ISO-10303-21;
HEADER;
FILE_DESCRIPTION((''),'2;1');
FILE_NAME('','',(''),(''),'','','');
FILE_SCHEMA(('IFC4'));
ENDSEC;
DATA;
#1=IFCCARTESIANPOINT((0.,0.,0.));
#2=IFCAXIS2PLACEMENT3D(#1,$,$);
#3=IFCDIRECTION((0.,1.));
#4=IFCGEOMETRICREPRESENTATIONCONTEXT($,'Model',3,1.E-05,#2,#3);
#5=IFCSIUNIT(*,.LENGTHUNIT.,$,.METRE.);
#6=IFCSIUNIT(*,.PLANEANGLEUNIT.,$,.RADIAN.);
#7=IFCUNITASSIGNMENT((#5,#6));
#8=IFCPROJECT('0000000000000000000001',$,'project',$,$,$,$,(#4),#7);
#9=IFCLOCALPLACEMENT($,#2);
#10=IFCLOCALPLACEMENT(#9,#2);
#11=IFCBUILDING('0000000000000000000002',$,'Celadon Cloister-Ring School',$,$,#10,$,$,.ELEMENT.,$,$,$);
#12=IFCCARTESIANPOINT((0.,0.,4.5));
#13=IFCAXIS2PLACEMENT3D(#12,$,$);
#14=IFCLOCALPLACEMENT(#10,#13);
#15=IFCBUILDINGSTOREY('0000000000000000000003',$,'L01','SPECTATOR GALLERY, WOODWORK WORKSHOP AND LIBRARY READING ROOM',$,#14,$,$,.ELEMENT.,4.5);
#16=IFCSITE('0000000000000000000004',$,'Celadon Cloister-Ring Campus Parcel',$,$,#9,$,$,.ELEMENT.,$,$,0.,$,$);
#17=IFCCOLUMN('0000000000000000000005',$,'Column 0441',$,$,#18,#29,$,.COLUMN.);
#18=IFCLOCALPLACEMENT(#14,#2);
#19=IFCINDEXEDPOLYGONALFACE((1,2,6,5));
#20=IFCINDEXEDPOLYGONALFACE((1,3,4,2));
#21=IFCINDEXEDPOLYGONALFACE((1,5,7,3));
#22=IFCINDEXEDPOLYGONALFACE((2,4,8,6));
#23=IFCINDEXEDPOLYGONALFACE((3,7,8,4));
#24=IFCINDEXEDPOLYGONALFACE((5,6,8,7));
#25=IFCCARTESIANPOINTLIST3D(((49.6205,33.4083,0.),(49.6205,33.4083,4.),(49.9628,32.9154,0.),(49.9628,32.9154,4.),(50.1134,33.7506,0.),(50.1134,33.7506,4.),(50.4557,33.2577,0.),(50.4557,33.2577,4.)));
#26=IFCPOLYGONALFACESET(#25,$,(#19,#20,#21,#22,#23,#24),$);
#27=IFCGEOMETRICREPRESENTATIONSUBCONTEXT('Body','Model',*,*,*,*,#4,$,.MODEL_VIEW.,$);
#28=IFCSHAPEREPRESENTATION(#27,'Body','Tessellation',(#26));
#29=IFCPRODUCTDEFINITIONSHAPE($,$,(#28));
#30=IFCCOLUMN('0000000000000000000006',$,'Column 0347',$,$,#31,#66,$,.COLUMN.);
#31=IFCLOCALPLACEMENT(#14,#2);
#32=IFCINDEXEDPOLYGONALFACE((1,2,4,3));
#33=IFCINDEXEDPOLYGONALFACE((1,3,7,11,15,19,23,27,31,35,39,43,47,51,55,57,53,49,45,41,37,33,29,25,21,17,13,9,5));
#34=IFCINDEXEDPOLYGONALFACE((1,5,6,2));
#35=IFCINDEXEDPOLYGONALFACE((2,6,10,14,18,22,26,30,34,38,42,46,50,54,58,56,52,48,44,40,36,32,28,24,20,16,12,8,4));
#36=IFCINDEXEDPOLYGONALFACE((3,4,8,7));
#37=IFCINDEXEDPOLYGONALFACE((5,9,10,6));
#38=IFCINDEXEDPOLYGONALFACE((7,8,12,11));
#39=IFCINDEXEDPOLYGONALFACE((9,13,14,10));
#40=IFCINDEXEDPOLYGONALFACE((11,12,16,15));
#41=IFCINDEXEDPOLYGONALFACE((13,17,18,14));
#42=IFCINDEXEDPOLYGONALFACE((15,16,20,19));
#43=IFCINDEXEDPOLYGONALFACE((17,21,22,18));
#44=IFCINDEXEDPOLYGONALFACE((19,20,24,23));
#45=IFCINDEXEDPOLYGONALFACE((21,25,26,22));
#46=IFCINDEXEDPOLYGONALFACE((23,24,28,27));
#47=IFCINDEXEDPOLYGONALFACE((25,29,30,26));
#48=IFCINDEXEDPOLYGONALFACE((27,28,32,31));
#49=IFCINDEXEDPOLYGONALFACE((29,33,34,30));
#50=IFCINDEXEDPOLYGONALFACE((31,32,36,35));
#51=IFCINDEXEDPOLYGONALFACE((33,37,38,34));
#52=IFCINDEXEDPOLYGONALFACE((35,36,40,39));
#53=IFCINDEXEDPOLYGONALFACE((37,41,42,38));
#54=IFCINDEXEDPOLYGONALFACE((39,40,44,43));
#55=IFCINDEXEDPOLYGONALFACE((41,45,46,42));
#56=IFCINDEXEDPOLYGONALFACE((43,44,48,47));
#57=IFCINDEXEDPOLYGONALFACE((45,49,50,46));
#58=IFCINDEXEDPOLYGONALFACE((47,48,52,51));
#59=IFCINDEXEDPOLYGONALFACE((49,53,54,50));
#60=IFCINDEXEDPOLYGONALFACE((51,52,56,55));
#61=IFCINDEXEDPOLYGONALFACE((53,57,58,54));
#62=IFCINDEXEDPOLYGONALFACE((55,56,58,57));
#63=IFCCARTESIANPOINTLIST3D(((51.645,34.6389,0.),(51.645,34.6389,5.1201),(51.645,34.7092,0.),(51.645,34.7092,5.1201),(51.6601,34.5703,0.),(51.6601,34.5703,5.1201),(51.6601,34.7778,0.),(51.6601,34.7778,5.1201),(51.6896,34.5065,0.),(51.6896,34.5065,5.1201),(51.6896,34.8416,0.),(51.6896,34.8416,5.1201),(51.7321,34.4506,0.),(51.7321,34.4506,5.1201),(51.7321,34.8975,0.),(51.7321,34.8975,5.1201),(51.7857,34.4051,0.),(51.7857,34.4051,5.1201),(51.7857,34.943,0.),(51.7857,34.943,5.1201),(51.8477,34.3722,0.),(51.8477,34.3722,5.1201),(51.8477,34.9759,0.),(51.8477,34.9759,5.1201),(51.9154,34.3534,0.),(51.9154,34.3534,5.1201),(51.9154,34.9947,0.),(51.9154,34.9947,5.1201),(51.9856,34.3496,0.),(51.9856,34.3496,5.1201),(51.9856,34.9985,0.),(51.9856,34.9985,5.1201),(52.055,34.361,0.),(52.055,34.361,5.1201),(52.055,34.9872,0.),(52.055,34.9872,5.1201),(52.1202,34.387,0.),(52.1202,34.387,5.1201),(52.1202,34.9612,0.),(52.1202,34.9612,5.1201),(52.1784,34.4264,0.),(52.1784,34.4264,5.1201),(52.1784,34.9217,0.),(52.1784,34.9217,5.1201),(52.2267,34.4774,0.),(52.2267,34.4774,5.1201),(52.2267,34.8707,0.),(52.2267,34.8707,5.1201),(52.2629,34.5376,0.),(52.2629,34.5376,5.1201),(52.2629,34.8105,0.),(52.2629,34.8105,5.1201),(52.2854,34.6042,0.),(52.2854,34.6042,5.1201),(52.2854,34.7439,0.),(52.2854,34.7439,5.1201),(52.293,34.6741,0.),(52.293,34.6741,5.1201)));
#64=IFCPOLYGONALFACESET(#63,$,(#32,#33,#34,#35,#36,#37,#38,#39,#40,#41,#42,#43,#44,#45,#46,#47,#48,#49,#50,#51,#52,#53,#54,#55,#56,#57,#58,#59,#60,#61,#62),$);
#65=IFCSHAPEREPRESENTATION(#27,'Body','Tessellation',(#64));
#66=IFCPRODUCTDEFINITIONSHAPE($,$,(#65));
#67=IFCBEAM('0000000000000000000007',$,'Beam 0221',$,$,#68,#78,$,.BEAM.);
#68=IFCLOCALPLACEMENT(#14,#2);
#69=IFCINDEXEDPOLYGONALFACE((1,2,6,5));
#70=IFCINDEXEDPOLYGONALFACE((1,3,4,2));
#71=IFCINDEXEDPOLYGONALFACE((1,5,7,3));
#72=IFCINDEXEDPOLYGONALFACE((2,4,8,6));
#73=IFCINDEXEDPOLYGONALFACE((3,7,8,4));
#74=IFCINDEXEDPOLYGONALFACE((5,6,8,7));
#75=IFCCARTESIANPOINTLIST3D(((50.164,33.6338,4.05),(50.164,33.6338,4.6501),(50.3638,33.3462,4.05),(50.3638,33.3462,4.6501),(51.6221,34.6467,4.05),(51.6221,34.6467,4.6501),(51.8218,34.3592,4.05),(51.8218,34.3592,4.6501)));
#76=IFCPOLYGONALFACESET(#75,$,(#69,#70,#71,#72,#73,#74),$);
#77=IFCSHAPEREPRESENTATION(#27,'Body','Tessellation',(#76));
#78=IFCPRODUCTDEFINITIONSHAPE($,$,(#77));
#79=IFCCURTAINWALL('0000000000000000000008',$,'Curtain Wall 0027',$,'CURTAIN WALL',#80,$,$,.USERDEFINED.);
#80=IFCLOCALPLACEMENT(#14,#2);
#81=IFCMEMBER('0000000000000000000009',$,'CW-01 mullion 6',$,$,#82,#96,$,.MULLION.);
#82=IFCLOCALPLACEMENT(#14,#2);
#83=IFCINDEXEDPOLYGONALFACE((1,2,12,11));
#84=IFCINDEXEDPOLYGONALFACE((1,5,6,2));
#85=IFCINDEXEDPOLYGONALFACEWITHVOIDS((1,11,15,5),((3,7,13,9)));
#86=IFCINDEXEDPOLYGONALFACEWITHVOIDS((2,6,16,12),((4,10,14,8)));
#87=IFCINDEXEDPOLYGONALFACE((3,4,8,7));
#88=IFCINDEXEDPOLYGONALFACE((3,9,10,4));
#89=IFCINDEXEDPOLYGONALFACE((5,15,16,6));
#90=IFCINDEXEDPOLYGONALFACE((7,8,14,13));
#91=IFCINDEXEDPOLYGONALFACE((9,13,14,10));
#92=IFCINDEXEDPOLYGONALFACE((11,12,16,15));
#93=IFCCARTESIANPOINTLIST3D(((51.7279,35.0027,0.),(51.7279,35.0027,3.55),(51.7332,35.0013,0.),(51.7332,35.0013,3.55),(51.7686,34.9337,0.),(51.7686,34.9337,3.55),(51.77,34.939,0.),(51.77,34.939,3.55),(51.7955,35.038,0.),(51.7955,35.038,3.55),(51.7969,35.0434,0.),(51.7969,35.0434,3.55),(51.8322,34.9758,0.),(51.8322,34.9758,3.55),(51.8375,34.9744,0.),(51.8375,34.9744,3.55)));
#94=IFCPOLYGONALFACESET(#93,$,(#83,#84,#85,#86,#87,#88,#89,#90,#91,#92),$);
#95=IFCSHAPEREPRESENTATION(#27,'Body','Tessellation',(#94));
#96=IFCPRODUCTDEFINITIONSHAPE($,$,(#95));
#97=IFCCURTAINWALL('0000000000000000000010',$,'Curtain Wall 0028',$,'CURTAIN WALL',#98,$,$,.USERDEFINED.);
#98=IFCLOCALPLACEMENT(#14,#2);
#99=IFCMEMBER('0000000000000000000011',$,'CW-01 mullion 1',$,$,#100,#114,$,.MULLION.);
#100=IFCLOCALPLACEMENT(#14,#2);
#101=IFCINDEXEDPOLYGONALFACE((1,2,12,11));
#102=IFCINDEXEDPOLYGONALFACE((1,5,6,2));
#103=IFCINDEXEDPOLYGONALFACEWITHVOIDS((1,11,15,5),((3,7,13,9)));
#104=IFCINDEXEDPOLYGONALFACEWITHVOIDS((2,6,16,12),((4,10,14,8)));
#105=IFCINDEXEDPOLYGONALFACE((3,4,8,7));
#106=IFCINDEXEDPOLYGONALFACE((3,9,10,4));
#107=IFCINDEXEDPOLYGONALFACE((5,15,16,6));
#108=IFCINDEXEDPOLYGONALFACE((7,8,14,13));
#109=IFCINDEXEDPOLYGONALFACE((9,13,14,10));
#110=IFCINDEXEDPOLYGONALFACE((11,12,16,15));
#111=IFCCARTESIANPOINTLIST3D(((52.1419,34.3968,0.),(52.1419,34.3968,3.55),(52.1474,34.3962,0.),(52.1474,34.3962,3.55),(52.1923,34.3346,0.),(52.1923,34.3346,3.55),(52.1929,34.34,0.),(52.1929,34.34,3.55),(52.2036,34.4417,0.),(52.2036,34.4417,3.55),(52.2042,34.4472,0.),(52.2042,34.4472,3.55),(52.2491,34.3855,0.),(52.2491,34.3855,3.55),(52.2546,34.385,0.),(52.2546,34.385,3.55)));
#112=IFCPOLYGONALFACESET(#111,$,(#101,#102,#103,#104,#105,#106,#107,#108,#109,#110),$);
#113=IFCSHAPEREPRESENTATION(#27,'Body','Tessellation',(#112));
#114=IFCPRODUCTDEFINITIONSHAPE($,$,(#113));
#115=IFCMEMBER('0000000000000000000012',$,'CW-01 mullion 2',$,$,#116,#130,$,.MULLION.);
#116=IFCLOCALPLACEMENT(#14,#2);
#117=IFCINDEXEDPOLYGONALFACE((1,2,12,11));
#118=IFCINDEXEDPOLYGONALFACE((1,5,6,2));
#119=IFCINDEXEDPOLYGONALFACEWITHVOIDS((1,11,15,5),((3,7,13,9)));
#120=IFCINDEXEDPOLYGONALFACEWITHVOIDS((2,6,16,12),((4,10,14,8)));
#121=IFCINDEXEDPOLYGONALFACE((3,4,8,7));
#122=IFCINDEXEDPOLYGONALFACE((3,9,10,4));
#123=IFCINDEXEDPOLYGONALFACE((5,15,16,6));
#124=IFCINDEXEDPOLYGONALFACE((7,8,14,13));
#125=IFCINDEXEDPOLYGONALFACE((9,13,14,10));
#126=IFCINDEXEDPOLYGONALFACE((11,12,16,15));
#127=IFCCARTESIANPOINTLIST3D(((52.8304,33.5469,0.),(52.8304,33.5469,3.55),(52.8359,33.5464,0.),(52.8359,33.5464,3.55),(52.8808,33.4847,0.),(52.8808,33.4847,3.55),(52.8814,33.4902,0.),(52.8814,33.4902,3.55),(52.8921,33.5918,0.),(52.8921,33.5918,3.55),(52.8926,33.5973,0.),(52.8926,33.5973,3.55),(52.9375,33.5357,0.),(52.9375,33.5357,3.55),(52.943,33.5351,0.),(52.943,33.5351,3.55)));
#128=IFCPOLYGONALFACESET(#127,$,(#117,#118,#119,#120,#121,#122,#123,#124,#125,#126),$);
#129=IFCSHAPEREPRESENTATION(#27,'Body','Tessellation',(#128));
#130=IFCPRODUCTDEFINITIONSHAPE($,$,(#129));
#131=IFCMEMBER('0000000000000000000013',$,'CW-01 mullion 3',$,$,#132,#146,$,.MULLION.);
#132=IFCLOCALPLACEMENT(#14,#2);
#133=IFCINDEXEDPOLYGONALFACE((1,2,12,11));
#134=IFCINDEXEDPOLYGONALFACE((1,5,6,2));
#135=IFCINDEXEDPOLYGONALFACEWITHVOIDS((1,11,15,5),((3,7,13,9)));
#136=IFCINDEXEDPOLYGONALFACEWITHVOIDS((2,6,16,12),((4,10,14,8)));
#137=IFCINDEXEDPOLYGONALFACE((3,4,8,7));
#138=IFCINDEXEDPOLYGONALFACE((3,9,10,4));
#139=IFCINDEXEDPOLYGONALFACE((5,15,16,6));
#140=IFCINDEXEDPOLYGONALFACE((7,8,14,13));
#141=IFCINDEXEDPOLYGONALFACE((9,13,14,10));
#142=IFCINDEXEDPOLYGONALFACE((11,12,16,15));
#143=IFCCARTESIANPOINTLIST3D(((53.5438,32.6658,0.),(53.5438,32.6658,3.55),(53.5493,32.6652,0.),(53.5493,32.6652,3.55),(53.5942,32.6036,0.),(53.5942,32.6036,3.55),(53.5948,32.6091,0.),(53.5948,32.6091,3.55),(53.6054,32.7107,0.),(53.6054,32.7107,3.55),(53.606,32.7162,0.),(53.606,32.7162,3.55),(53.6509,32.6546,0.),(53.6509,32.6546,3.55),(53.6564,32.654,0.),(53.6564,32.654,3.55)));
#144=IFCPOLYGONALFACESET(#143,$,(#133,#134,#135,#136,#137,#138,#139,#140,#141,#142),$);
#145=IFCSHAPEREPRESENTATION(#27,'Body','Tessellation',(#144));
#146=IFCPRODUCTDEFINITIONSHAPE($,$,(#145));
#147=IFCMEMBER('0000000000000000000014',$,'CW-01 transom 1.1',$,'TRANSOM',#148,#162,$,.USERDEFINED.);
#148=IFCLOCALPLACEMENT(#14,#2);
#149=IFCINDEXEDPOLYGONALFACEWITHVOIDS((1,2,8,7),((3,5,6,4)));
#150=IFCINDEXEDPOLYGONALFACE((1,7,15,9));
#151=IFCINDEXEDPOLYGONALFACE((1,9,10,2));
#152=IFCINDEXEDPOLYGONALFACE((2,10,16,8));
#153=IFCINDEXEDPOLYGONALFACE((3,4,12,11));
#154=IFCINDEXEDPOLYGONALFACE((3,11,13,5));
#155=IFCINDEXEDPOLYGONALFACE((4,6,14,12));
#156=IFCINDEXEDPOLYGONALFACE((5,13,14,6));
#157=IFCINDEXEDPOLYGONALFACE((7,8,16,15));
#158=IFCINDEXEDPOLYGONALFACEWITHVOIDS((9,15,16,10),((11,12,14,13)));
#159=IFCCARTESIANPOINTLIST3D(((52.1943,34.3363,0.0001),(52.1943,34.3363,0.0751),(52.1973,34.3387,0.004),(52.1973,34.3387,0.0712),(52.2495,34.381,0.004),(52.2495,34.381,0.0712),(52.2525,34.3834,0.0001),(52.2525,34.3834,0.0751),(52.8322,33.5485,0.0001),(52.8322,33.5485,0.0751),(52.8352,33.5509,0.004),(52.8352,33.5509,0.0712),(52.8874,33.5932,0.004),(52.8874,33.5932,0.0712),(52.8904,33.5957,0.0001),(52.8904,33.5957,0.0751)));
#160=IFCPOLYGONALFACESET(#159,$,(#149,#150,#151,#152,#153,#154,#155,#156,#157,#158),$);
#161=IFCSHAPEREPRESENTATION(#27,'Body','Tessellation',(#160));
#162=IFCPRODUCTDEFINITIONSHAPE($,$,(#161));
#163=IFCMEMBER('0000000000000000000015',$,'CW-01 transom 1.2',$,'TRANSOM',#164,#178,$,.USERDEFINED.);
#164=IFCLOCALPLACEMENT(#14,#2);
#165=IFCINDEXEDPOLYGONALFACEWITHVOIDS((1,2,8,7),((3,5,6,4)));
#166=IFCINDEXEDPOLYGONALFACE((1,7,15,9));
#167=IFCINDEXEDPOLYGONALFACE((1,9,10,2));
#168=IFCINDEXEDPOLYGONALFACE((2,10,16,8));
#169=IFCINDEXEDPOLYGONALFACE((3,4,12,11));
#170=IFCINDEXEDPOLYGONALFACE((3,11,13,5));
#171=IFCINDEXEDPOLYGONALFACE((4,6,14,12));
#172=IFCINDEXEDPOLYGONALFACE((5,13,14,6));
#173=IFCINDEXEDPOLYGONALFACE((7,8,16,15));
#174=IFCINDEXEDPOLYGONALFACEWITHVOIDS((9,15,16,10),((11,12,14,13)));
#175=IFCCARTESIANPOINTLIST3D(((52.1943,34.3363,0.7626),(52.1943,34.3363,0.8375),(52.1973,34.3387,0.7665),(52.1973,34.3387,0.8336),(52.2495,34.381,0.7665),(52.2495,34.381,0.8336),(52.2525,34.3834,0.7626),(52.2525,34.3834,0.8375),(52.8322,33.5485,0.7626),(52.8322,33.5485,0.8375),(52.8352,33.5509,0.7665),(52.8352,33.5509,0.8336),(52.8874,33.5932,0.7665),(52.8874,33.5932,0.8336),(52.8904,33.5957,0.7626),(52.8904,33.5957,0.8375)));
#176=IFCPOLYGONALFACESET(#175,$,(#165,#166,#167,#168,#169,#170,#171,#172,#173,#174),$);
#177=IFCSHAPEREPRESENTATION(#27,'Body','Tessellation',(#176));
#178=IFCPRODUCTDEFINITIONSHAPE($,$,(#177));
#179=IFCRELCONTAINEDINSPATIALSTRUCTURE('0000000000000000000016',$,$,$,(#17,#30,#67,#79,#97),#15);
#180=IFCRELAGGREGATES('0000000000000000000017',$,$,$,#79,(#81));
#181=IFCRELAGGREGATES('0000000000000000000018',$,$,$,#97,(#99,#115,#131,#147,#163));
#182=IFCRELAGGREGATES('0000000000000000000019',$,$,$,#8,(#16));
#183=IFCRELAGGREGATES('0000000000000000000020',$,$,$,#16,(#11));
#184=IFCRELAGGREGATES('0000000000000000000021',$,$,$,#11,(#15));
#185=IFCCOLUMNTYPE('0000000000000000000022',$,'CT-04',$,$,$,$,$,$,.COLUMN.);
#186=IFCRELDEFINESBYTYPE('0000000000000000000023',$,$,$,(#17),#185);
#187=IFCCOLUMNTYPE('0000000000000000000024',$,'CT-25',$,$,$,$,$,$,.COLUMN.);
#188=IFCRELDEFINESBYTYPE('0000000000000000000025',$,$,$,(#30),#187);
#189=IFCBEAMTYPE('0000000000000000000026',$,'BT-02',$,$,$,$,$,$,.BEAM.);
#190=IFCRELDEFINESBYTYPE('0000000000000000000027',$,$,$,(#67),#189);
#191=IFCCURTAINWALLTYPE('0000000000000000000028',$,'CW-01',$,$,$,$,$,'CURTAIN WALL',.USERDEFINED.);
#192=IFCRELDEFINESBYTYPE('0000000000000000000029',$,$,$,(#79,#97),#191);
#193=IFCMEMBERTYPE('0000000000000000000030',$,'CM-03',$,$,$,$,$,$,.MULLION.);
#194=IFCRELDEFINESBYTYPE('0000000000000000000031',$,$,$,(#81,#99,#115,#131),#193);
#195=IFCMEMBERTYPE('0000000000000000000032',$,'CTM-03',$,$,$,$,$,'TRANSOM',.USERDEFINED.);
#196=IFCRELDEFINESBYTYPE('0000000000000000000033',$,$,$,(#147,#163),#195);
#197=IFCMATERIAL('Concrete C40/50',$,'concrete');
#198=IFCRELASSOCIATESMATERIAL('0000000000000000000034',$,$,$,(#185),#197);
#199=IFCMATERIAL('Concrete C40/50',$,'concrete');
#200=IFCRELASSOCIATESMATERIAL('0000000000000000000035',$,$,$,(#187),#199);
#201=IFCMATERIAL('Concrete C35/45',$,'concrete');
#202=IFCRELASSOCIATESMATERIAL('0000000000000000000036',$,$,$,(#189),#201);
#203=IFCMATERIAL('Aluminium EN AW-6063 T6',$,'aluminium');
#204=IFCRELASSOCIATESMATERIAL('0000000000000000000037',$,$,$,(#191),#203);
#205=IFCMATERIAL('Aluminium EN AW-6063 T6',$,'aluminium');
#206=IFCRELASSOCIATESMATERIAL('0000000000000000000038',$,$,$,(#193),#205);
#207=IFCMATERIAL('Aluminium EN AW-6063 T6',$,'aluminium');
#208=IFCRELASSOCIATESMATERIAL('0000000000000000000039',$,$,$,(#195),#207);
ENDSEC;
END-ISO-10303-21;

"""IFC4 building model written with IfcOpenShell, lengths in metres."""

from ifc_helpers import new_model, si_unit, direction, frame, origin, origin_2d, place, context, subcontext, project, spatial, rectangle, hollow_rectangle, circle, extrude, material, material_profile, profile_set, type_object, element, aggregate, save


model = new_model("IFC4")

# Units and contexts
model_context = context("Model", 3, precision=1e-05, world=origin(), true_north=direction((0.0, 1.0)))
body_context = subcontext(model_context, "Body", "Model", "MODEL_VIEW")
ifc_project = project(units=[si_unit("LENGTHUNIT", "METRE"), si_unit("PLANEANGLEUNIT", "RADIAN")], contexts=[model_context])

# Site, building, storey
site_placement = place(None, origin())
site = spatial("IfcSite", under=ifc_project, at=site_placement, Name="Celadon Cloister-Ring Campus Parcel", CompositionType="ELEMENT", RefElevation=0.0)
building_placement = place(site_placement, origin())
building = spatial("IfcBuilding", under=site, at=building_placement, Name="Celadon Cloister-Ring School", CompositionType="ELEMENT")
storey_placement = place(building_placement, frame((0.0, 0.0, 4.5)))
storey = spatial("IfcBuildingStorey", under=building, at=storey_placement, Name="L01", Description="SPECTATOR GALLERY, WOODWORK WORKSHOP AND LIBRARY READING ROOM", CompositionType="ELEMENT", Elevation=4.5)

# Columns
ifc_material_1 = material(Name="Concrete C40/50", Category="concrete")
ifc_material_profile_1 = material_profile(ifc_material_1, rectangle(XDim=0.6001, YDim=0.6001, at=origin_2d()), Name="RC600X600")
ifc_profile_set_1 = profile_set([ifc_material_profile_1], Name="Concrete C40/50")
column_type_1 = type_object("IfcColumnType", Name="CT-04", PredefinedType="COLUMN", material=ifc_profile_set_1)
column_1_placement = place(storey_placement, frame((50.0381, 33.333, 0.0), z_axis=(0.0, 0.0, 1.0), x_axis=(-0.821388, -0.57037, 0.0)))
element("IfcColumn", 1, at=column_1_placement, inside=storey, type_object=column_type_1, Name="Column 0441", PredefinedType="COLUMN", context=body_context, shape_type="SweptSolid", body=[
    extrude(rectangle(XDim=0.6001, YDim=0.6001, at=origin_2d()), origin(), (0.0, 0.0, 1.0), 4.0),
])
ifc_material_2 = material(Name="Concrete C40/50", Category="concrete")
ifc_material_profile_2 = material_profile(ifc_material_2, circle(Radius=0.325, at=origin_2d()), Name="CIRC650")
ifc_profile_set_2 = profile_set([ifc_material_profile_2], Name="Concrete C40/50")
column_type_2 = type_object("IfcColumnType", Name="CT-25", PredefinedType="COLUMN", material=ifc_profile_set_2)
column_2_placement = place(storey_placement, frame((51.968, 34.6741, 0.0), z_axis=(0.0, 0.0, 1.0), x_axis=(1.0, 0.0, 0.0)))
element("IfcColumn", 2, at=column_2_placement, inside=storey, type_object=column_type_2, Name="Column 0347", PredefinedType="COLUMN", context=body_context, shape_type="SweptSolid", body=[
    extrude(circle(Radius=0.325, at=origin_2d()), origin(), (0.0, 0.0, 1.0), 5.1201),
])

# Beam
ifc_material_3 = material(Name="Concrete C35/45", Category="concrete")
ifc_material_profile_3 = material_profile(ifc_material_3, rectangle(XDim=0.3501, YDim=0.6001, at=origin_2d()), Name="RC350X600")
ifc_profile_set_3 = profile_set([ifc_material_profile_3], Name="Concrete C35/45")
beam_type_1 = type_object("IfcBeamType", Name="BT-02", PredefinedType="BEAM", material=ifc_profile_set_3)
beam_1_placement = place(storey_placement, frame((50.2639, 33.49, 4.3501), z_axis=(0.821255, 0.570561, 0.0), x_axis=(-0.570561, 0.821255, 0.0)))
element("IfcBeam", 3, at=beam_1_placement, inside=storey, type_object=beam_type_1, Name="Beam 0221", PredefinedType="BEAM", context=body_context, shape_type="SweptSolid", body=[
    extrude(rectangle(XDim=0.3501, YDim=0.6001, at=origin_2d()), origin(), (0.0, 0.0, 1.0), 1.7754),
])

# Curtain wall, member
ifc_material_4 = material(Name="Aluminium EN AW-6063 T6", Category="aluminium")
curtain_wall_type = type_object("IfcCurtainWallType", Name="CW-01", ElementType="CURTAIN WALL", PredefinedType="USERDEFINED", material=ifc_material_4)
curtain_wall_1_placement = place(storey_placement, origin())
curtain_wall_1 = element("IfcCurtainWall", 4, at=curtain_wall_1_placement, inside=storey, type_object=curtain_wall_type, Name="Curtain Wall 0027", ObjectType="CURTAIN WALL", PredefinedType="USERDEFINED")
ifc_material_5 = material(Name="Aluminium EN AW-6063 T6", Category="aluminium")
ifc_material_profile_4 = material_profile(ifc_material_5, hollow_rectangle(XDim=0.0801, YDim=0.0801, WallThickness=0.0039, at=origin_2d()), Name="RHS80X80X4")
ifc_profile_set_4 = profile_set([ifc_material_profile_4], Name="Aluminium EN AW-6063 T6")
member_type_1 = type_object("IfcMemberType", Name="CM-03", PredefinedType="MULLION", material=ifc_profile_set_4)
member_1_placement = place(storey_placement, frame((51.7827, 34.9885, 0.0), z_axis=(0.0, 0.0, 1.0), x_axis=(0.861299, 0.508099, 0.0)))
member_1 = element("IfcMember", 5, at=member_1_placement, type_object=member_type_1, Name="CW-01 mullion 6", PredefinedType="MULLION", context=body_context, shape_type="SweptSolid", body=[
    extrude(hollow_rectangle(XDim=0.0801, YDim=0.0801, WallThickness=0.0039, at=origin_2d()), origin(), (0.0, 0.0, 1.0), 3.55),
])

# Curtain wall, members
curtain_wall_2_placement = place(storey_placement, origin())
curtain_wall_2 = element("IfcCurtainWall", 6, at=curtain_wall_2_placement, inside=storey, type_object=curtain_wall_type, Name="Curtain Wall 0028", ObjectType="CURTAIN WALL", PredefinedType="USERDEFINED")
member_2_placement = place(storey_placement, frame((52.1982, 34.3909, 0.0), z_axis=(0.0, 0.0, 1.0), x_axis=(0.777068, 0.629416, 0.0)))
member_2 = element("IfcMember", 7, at=member_2_placement, type_object=member_type_1, Name="CW-01 mullion 1", PredefinedType="MULLION", context=body_context, shape_type="SweptSolid", body=[
    extrude(hollow_rectangle(XDim=0.0801, YDim=0.0801, WallThickness=0.0039, at=origin_2d()), origin(), (0.0, 0.0, 1.0), 3.55),
])
member_3_placement = place(storey_placement, frame((52.8867, 33.541, 0.0), z_axis=(0.0, 0.0, 1.0), x_axis=(0.777068, 0.629416, 0.0)))
member_3 = element("IfcMember", 8, at=member_3_placement, type_object=member_type_1, Name="CW-01 mullion 2", PredefinedType="MULLION", context=body_context, shape_type="SweptSolid", body=[
    extrude(hollow_rectangle(XDim=0.0801, YDim=0.0801, WallThickness=0.0039, at=origin_2d()), origin(), (0.0, 0.0, 1.0), 3.55),
])
member_4_placement = place(storey_placement, frame((53.6001, 32.6599, 0.0), z_axis=(0.0, 0.0, 1.0), x_axis=(0.777068, 0.629416, 0.0)))
member_4 = element("IfcMember", 9, at=member_4_placement, type_object=member_type_1, Name="CW-01 mullion 3", PredefinedType="MULLION", context=body_context, shape_type="SweptSolid", body=[
    extrude(hollow_rectangle(XDim=0.0801, YDim=0.0801, WallThickness=0.0039, at=origin_2d()), origin(), (0.0, 0.0, 1.0), 3.55),
])
ifc_material_6 = material(Name="Aluminium EN AW-6063 T6", Category="aluminium")
ifc_material_profile_5 = material_profile(ifc_material_6, hollow_rectangle(XDim=0.075, YDim=0.075, WallThickness=0.0039, at=origin_2d()), Name="RHS75X75X4")
ifc_profile_set_5 = profile_set([ifc_material_profile_5], Name="Aluminium EN AW-6063 T6")
member_type_2 = type_object("IfcMemberType", Name="CTM-03", ElementType="TRANSOM", PredefinedType="USERDEFINED", material=ifc_profile_set_5)
member_5_placement = place(storey_placement, frame((52.2234, 34.3599, 0.0376), z_axis=(0.629295, -0.777166, 0.0), x_axis=(0.777166, 0.629295, 0.0)))
member_5 = element("IfcMember", 10, at=member_5_placement, type_object=member_type_2, Name="CW-01 transom 1.1", ObjectType="TRANSOM", PredefinedType="USERDEFINED", context=body_context, shape_type="SweptSolid", body=[
    extrude(hollow_rectangle(XDim=0.075, YDim=0.075, WallThickness=0.0039, at=origin_2d()), origin(), (0.0, 0.0, 1.0), 1.0137),
])
member_6_placement = place(storey_placement, frame((52.2234, 34.3599, 0.8), z_axis=(0.629295, -0.777166, 0.0), x_axis=(0.777166, 0.629295, 0.0)))
member_6 = element("IfcMember", 11, at=member_6_placement, type_object=member_type_2, Name="CW-01 transom 1.2", ObjectType="TRANSOM", PredefinedType="USERDEFINED", context=body_context, shape_type="SweptSolid", body=[
    extrude(hollow_rectangle(XDim=0.075, YDim=0.075, WallThickness=0.0039, at=origin_2d()), origin(), (0.0, 0.0, 1.0), 1.0137),
])

aggregate(curtain_wall_1, [member_1])
aggregate(curtain_wall_2, [member_2, member_3, member_4, member_5, member_6])

save(model, "model.ifc")
